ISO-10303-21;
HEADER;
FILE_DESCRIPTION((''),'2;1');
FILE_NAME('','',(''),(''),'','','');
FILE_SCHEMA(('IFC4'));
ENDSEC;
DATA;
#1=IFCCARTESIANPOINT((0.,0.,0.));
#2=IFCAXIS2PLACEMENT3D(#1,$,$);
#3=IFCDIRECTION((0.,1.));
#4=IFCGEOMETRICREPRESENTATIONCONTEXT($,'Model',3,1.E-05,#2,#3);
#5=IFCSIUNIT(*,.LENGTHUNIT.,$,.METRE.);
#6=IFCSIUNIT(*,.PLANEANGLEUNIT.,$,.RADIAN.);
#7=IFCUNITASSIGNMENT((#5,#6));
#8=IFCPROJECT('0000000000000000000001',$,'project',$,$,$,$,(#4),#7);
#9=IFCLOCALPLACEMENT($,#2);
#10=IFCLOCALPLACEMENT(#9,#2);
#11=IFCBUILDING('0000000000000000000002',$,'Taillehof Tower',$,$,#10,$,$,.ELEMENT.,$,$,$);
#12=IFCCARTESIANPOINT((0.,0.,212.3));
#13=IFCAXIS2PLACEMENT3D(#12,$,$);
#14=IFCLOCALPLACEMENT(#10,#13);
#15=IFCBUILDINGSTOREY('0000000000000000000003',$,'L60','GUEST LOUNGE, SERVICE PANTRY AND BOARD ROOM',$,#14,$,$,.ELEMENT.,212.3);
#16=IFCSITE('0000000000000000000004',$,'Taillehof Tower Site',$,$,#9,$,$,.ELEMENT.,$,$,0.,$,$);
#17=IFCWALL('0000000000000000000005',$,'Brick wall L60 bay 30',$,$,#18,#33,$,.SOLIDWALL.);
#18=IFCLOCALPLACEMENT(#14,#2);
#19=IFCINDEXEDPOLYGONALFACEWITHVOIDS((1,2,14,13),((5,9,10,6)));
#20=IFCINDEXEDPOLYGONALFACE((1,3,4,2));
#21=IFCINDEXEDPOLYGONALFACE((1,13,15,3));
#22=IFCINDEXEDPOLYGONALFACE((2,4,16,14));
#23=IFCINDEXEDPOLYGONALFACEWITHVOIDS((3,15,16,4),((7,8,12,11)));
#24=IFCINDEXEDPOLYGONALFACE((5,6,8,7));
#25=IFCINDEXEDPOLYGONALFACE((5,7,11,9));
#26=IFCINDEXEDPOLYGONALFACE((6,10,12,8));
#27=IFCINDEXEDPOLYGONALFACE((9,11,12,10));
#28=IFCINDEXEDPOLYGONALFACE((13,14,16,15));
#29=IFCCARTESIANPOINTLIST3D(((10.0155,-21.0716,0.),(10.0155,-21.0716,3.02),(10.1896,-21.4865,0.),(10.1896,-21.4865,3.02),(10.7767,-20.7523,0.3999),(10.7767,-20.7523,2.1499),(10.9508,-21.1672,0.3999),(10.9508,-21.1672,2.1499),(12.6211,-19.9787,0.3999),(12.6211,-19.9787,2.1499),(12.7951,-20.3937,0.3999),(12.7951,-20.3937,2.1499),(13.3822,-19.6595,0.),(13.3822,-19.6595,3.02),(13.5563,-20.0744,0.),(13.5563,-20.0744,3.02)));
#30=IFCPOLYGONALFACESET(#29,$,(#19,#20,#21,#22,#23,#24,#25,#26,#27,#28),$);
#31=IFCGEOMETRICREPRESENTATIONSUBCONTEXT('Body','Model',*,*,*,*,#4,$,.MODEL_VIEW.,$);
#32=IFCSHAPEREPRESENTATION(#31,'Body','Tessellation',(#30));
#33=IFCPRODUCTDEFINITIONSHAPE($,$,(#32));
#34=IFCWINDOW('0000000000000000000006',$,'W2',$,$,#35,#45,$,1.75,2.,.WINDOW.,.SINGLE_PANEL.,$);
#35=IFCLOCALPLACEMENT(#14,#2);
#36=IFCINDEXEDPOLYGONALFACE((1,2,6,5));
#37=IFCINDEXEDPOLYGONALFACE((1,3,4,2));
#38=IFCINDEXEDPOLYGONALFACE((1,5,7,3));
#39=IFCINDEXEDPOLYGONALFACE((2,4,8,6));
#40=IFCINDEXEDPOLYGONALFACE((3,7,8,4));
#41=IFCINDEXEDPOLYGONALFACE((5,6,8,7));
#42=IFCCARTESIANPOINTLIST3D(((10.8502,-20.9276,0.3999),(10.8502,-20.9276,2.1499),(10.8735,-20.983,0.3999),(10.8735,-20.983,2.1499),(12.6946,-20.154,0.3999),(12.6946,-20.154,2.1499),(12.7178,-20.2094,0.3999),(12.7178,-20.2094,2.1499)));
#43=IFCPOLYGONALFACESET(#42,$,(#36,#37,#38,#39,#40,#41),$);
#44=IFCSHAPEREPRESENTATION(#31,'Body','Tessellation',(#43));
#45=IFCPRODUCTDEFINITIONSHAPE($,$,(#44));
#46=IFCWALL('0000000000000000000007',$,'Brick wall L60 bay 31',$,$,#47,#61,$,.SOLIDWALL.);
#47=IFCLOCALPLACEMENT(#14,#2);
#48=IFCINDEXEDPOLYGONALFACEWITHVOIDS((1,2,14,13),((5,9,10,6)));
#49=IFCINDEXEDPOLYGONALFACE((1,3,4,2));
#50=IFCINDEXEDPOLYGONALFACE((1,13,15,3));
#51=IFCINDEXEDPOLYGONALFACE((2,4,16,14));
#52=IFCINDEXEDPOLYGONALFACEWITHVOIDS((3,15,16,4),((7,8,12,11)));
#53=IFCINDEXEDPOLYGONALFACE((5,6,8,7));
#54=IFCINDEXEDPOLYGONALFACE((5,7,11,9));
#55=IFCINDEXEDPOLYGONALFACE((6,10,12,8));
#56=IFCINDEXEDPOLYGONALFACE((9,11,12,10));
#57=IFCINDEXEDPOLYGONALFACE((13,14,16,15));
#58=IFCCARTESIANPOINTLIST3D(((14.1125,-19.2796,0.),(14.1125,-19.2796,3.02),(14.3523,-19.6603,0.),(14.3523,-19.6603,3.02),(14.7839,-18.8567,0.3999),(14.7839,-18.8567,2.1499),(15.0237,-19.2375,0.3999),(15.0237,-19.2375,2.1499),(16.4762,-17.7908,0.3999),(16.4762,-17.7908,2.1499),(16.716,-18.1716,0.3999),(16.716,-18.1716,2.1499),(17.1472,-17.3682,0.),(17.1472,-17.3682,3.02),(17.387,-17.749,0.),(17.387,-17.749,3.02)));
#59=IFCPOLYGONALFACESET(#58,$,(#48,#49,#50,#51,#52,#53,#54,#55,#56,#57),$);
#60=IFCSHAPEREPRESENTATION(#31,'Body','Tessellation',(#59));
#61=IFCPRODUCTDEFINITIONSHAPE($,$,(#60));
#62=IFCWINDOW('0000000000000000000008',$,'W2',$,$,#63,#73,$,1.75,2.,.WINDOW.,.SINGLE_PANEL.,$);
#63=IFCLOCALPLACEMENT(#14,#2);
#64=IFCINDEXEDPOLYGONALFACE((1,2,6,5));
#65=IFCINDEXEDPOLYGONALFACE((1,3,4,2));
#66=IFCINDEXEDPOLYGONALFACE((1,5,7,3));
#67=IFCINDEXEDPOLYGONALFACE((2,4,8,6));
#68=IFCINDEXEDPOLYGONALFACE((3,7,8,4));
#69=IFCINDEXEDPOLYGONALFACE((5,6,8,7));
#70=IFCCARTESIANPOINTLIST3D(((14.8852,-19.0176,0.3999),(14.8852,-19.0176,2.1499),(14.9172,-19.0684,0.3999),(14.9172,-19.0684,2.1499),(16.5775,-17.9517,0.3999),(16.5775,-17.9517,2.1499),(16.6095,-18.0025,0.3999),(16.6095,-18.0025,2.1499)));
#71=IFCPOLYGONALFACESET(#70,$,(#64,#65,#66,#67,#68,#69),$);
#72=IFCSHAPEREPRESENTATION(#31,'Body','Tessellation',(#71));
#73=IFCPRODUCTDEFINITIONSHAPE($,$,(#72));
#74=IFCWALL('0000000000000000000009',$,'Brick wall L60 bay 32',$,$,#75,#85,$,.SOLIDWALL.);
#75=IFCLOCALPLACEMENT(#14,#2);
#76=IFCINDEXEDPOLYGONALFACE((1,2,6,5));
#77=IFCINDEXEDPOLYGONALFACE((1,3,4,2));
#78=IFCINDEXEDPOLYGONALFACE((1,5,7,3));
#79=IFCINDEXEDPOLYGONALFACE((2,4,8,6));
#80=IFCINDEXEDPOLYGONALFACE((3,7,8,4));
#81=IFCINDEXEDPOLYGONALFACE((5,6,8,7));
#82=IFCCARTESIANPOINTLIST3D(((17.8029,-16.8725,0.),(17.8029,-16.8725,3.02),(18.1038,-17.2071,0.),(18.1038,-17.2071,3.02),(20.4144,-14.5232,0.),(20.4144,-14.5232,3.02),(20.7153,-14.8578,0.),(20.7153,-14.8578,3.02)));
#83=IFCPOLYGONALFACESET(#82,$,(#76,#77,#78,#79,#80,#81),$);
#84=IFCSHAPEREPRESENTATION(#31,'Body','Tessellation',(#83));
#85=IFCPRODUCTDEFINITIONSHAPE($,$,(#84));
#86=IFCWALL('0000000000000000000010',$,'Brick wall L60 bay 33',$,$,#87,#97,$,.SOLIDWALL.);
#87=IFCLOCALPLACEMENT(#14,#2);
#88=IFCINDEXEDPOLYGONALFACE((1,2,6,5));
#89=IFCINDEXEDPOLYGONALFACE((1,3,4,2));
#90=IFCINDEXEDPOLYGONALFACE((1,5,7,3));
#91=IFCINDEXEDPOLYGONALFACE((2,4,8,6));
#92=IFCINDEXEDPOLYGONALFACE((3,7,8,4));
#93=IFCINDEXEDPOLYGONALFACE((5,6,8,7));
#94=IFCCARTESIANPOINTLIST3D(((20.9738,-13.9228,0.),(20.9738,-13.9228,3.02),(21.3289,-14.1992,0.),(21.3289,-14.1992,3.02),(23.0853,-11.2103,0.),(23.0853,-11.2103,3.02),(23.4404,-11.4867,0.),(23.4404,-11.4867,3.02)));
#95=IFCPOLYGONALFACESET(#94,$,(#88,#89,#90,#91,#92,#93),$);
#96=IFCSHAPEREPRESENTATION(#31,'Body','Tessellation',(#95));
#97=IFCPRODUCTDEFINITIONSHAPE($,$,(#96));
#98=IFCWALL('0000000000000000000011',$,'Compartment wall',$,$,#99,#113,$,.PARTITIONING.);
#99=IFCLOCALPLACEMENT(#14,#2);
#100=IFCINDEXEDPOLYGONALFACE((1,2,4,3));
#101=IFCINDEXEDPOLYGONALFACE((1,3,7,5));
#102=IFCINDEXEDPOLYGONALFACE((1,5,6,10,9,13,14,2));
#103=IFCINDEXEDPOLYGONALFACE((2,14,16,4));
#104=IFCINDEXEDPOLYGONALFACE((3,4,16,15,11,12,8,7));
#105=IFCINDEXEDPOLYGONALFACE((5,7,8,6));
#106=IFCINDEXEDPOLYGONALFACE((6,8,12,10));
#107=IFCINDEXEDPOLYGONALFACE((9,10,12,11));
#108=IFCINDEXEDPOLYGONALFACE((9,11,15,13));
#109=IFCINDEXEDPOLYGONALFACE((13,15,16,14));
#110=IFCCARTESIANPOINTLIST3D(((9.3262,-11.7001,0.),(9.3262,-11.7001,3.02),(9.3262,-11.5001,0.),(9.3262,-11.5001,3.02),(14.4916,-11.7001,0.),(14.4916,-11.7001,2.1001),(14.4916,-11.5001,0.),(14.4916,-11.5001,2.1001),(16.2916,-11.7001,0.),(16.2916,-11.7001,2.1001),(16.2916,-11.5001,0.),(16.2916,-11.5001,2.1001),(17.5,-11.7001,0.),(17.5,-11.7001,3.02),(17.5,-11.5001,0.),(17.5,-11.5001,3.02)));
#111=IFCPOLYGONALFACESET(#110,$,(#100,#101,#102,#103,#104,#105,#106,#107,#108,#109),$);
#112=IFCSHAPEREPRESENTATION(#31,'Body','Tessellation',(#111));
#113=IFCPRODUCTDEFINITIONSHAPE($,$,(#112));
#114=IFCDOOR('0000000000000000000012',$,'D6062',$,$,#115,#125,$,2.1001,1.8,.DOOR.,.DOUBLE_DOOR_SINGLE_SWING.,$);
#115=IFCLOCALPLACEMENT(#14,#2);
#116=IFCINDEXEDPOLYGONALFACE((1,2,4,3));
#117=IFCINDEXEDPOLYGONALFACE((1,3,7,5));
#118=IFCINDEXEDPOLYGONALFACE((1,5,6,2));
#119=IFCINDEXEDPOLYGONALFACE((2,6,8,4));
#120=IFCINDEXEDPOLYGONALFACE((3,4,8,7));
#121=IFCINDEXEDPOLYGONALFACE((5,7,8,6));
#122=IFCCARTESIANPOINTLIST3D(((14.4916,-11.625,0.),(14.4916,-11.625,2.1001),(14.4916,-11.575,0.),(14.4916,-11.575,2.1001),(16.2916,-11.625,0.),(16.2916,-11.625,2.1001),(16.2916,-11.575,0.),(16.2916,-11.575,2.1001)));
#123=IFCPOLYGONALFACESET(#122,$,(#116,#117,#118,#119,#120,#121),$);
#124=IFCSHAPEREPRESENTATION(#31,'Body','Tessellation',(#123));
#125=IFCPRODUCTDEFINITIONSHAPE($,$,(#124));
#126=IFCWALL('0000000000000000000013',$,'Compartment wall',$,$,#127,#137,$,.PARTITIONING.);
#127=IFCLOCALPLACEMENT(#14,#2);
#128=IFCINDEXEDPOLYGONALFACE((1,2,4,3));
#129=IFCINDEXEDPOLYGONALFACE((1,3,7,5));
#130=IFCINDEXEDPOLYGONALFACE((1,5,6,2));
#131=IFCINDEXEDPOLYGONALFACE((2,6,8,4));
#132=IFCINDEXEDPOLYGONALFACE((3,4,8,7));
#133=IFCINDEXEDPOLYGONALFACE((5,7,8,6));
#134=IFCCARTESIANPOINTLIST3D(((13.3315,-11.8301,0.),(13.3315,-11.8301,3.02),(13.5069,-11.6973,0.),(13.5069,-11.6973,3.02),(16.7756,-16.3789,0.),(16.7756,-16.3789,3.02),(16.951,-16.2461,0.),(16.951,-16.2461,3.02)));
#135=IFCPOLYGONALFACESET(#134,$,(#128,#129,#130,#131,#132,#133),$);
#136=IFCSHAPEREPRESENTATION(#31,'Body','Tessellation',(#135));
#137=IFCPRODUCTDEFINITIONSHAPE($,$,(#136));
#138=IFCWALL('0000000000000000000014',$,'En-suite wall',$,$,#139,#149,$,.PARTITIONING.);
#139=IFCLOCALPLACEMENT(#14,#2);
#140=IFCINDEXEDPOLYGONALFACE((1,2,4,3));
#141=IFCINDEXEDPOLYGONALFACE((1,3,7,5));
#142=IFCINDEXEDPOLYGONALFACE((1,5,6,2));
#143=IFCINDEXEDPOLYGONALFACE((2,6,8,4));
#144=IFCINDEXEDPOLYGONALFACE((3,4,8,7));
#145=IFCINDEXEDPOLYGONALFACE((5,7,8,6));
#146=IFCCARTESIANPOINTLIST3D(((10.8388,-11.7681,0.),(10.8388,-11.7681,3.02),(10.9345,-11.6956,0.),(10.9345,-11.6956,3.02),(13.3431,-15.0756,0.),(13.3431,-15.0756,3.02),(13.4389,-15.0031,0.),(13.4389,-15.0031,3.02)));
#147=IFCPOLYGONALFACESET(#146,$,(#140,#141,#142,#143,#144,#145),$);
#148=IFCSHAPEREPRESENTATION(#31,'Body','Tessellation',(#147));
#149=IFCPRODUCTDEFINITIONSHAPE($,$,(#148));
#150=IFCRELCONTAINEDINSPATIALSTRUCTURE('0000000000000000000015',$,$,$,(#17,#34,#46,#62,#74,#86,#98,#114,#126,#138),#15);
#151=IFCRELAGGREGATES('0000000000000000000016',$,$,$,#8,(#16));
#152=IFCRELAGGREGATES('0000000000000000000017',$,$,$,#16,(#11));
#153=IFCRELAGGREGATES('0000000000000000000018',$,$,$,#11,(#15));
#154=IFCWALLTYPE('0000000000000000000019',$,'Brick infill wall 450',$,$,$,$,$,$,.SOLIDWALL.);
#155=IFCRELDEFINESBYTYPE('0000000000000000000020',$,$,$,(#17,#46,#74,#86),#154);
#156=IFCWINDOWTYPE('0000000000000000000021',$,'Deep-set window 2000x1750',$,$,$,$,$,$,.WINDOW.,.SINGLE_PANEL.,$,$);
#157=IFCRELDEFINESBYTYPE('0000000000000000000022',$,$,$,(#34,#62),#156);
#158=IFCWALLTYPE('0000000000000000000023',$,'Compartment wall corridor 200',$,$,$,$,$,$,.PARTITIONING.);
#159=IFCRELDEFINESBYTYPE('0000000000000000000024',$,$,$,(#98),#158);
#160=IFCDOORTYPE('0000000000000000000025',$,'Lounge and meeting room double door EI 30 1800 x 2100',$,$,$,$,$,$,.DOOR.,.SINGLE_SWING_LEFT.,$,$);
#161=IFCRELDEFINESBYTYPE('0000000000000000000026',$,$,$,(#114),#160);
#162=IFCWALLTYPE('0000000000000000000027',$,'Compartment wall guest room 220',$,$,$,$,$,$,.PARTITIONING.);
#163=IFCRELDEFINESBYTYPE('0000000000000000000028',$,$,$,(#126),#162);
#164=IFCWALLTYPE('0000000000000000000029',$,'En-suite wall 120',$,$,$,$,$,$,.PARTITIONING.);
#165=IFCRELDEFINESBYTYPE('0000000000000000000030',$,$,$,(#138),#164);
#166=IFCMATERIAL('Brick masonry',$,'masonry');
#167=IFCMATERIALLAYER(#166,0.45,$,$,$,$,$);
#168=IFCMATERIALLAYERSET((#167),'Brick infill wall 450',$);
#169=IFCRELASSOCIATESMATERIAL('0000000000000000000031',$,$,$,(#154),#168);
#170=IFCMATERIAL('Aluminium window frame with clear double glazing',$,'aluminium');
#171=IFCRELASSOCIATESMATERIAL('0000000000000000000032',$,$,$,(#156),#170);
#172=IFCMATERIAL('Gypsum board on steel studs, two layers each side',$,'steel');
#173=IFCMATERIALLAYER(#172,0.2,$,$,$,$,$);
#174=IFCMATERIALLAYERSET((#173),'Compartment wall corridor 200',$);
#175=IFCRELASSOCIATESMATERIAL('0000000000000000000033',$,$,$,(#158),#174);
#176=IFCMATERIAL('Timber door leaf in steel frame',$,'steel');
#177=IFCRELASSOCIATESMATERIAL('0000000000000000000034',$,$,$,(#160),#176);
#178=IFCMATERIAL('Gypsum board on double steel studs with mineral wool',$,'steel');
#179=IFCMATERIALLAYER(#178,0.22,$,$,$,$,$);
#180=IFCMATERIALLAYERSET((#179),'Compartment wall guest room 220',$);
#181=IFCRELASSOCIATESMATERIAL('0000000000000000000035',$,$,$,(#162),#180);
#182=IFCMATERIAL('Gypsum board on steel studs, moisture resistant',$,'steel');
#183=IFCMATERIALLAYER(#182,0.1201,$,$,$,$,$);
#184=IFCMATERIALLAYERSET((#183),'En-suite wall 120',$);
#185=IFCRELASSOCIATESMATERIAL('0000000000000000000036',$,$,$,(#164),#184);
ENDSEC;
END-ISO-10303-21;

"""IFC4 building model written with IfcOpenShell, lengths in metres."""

from ifc_helpers import new_model, si_unit, direction, frame, frame_2d, origin, place, context, subcontext, project, spatial, rectangle, extrude, material, layer, layer_set, type_object, element, fill, save


model = new_model("IFC4")

# Units and contexts
model_context = context("Model", 3, precision=1e-05, world=origin(), true_north=direction((0.0, 1.0)))
body_context = subcontext(model_context, "Body", "Model", "MODEL_VIEW")
ifc_project = project(units=[si_unit("LENGTHUNIT", "METRE"), si_unit("PLANEANGLEUNIT", "RADIAN")], contexts=[model_context])

# Site, building, storey
site_placement = place(None, origin())
site = spatial("IfcSite", under=ifc_project, at=site_placement, Name="Taillehof Tower Site", CompositionType="ELEMENT", RefElevation=0.0)
building_placement = place(site_placement, origin())
building = spatial("IfcBuilding", under=site, at=building_placement, Name="Taillehof Tower", CompositionType="ELEMENT")
storey_placement = place(building_placement, frame((0.0, 0.0, 212.3)))
storey = spatial("IfcBuildingStorey", under=building, at=storey_placement, Name="L60", Description="GUEST LOUNGE, SERVICE PANTRY AND BOARD ROOM", CompositionType="ELEMENT", Elevation=212.3)

# Walls, openings, windows
ifc_material_1 = material(Name="Brick masonry", Category="masonry")
ifc_layer_1 = layer(ifc_material_1, 0.45)
ifc_layer_set_1 = layer_set([ifc_layer_1], Name="Brick infill wall 450")
wall_type_1 = type_object("IfcWallType", Name="Brick infill wall 450", PredefinedType="SOLIDWALL", material=ifc_layer_set_1)
wall_1_placement = place(storey_placement, frame((10.1025, -21.2791, 0.0), z_axis=(0.0, 0.0, 1.0), x_axis=(0.922168, 0.386789, 0.0)))
wall_1 = element("IfcWall", 1, at=wall_1_placement, inside=storey, type_object=wall_type_1, Name="Brick wall L60 bay 30", PredefinedType="SOLIDWALL", context=body_context, shape_type="SweptSolid", body=[
    extrude(rectangle(XDim=3.6509, YDim=0.45, at=frame_2d((1.8254, 0.0))), origin(), (0.0, 0.0, 1.0), 3.02),
])
opening_1_placement = place(wall_1_placement, frame((0.8254, 0.0, 0.3999)))
opening_1 = element("IfcOpeningElement", 2, at=opening_1_placement, cuts=wall_1, PredefinedType="OPENING", context=body_context, shape_type="SweptSolid", body=[
    extrude(rectangle(XDim=2.0, YDim=1.75, at=frame_2d((1.0, 0.875))), frame((0.0, 0.2349, 0.0), z_axis=(0.0, -1.0, 0.0), x_axis=(1.0, 0.0, 0.0)), (0.0, 0.0, 1.0), 0.47),
])
ifc_material_2 = material(Name="Aluminium window frame with clear double glazing", Category="aluminium")
window_type = type_object("IfcWindowType", Name="Deep-set window 2000x1750", PartitioningType="SINGLE_PANEL", PredefinedType="WINDOW", material=ifc_material_2)
window_1_placement = place(opening_1_placement, origin())
window_1 = element("IfcWindow", 3, at=window_1_placement, inside=storey, type_object=window_type, Name="W2", OverallHeight=1.75, OverallWidth=2.0, PartitioningType="SINGLE_PANEL", PredefinedType="WINDOW", context=body_context, shape_type="SweptSolid", body=[
    extrude(rectangle(XDim=2.0, YDim=1.75, at=frame_2d((1.0, 0.875))), frame((0.0, 0.0349, 0.0), z_axis=(0.0, -1.0, 0.0), x_axis=(1.0, 0.0, 0.0)), (0.0, 0.0, 1.0), 0.0601),
])
fill(opening_1, window_1)
wall_2_placement = place(storey_placement, frame((14.2324, -19.47, 0.0), z_axis=(0.0, 0.0, 1.0), x_axis=(0.84615, 0.532945, 0.0)))
wall_2 = element("IfcWall", 4, at=wall_2_placement, inside=storey, type_object=wall_type_1, Name="Brick wall L60 bay 31", PredefinedType="SOLIDWALL", context=body_context, shape_type="SweptSolid", body=[
    extrude(rectangle(XDim=3.5864, YDim=0.45, at=frame_2d((1.7932, 0.0))), origin(), (0.0, 0.0, 1.0), 3.02),
])
opening_2_placement = place(wall_2_placement, frame((0.7935, 0.0, 0.3999)))
opening_2 = element("IfcOpeningElement", 5, at=opening_2_placement, cuts=wall_2, PredefinedType="OPENING", context=body_context, shape_type="SweptSolid", body=[
    extrude(rectangle(XDim=2.0, YDim=1.75, at=frame_2d((1.0, 0.875))), frame((0.0, 0.2349, 0.0), z_axis=(0.0, -1.0, 0.0), x_axis=(1.0, 0.0, 0.0)), (0.0, 0.0, 1.0), 0.47),
])
window_2_placement = place(opening_2_placement, origin())
window_2 = element("IfcWindow", 6, at=window_2_placement, inside=storey, type_object=window_type, Name="W2", OverallHeight=1.75, OverallWidth=2.0, PartitioningType="SINGLE_PANEL", PredefinedType="WINDOW", context=body_context, shape_type="SweptSolid", body=[
    extrude(rectangle(XDim=2.0, YDim=1.75, at=frame_2d((1.0, 0.875))), frame((0.0, 0.0349, 0.0), z_axis=(0.0, -1.0, 0.0), x_axis=(1.0, 0.0, 0.0)), (0.0, 0.0, 1.0), 0.0601),
])
fill(opening_2, window_2)

# Walls
wall_3_placement = place(storey_placement, frame((17.9534, -17.0398, 0.0), z_axis=(0.0, 0.0, 1.0), x_axis=(0.743443, 0.6688, 0.0)))
element("IfcWall", 7, at=wall_3_placement, inside=storey, type_object=wall_type_1, Name="Brick wall L60 bay 32", PredefinedType="SOLIDWALL", context=body_context, shape_type="SweptSolid", body=[
    extrude(rectangle(XDim=3.5127, YDim=0.45, at=frame_2d((1.7563, 0.0))), origin(), (0.0, 0.0, 1.0), 3.02),
])
wall_4_placement = place(storey_placement, frame((21.1514, -14.061, 0.0), z_axis=(0.0, 0.0, 1.0), x_axis=(0.614255, 0.789107, 0.0)))
element("IfcWall", 8, at=wall_4_placement, inside=storey, type_object=wall_type_1, Name="Brick wall L60 bay 33", PredefinedType="SOLIDWALL", context=body_context, shape_type="SweptSolid", body=[
    extrude(rectangle(XDim=3.4375, YDim=0.45, at=frame_2d((1.7188, 0.0))), origin(), (0.0, 0.0, 1.0), 3.02),
])

# Wall, opening, door
ifc_material_3 = material(Name="Gypsum board on steel studs, two layers each side", Category="steel")
ifc_layer_2 = layer(ifc_material_3, 0.2)
ifc_layer_set_2 = layer_set([ifc_layer_2], Name="Compartment wall corridor 200")
wall_type_2 = type_object("IfcWallType", Name="Compartment wall corridor 200", PredefinedType="PARTITIONING", material=ifc_layer_set_2)
wall_5_placement = place(storey_placement, frame((17.5, -11.6001, 0.0), z_axis=(0.0, 0.0, 1.0), x_axis=(-1.0, 0.0, 0.0)))
wall_5 = element("IfcWall", 9, at=wall_5_placement, inside=storey, type_object=wall_type_2, Name="Compartment wall", PredefinedType="PARTITIONING", context=body_context, shape_type="SweptSolid", body=[
    extrude(rectangle(XDim=8.1738, YDim=0.2, at=frame_2d((4.0869, 0.0))), origin(), (0.0, 0.0, 1.0), 3.02),
])
opening_3_placement = place(wall_5_placement, frame((1.2085, 0.0, 0.0)))
opening_3 = element("IfcOpeningElement", 10, at=opening_3_placement, cuts=wall_5, PredefinedType="OPENING", context=body_context, shape_type="SweptSolid", body=[
    extrude(rectangle(XDim=1.8, YDim=2.1001, at=frame_2d((0.8999, 1.05))), frame((0.0, 0.1099, 0.0), z_axis=(0.0, -1.0, 0.0), x_axis=(1.0, 0.0, 0.0)), (0.0, 0.0, 1.0), 0.22),
])
ifc_material_4 = material(Name="Timber door leaf in steel frame", Category="steel")
door_type_1 = type_object("IfcDoorType", Name="Lounge and meeting room double door EI 30 1800 x 2100", OperationType="SINGLE_SWING_LEFT", PredefinedType="DOOR", material=ifc_material_4)
door_1_placement = place(opening_3_placement, origin())
door_1 = element("IfcDoor", 11, at=door_1_placement, inside=storey, type_object=door_type_1, Name="D6062", OperationType="DOUBLE_DOOR_SINGLE_SWING", OverallHeight=2.1001, OverallWidth=1.8, PredefinedType="DOOR", context=body_context, shape_type="SweptSolid", body=[
    extrude(rectangle(XDim=1.8, YDim=2.1001, at=frame_2d((0.8999, 1.05))), frame((0.0, 0.0249, 0.0), z_axis=(0.0, -1.0, 0.0), x_axis=(1.0, 0.0, 0.0)), (0.0, 0.0, 1.0), 0.05),
])
fill(opening_3, door_1)

# Walls
ifc_material_5 = material(Name="Gypsum board on double steel studs with mineral wool", Category="steel")
ifc_layer_3 = layer(ifc_material_5, 0.22)
ifc_layer_set_3 = layer_set([ifc_layer_3], Name="Compartment wall guest room 220")
wall_type_3 = type_object("IfcWallType", Name="Compartment wall guest room 220", PredefinedType="PARTITIONING", material=ifc_layer_set_3)
wall_6_placement = place(storey_placement, frame((16.8633, -16.3125, 0.0), z_axis=(0.0, 0.0, 1.0), x_axis=(-0.603636, 0.79726, 0.0)))
element("IfcWall", 12, at=wall_6_placement, inside=storey, type_object=wall_type_3, Name="Compartment wall", PredefinedType="PARTITIONING", context=body_context, shape_type="SweptSolid", body=[
    extrude(rectangle(XDim=5.7056, YDim=0.22, at=frame_2d((2.8528, 0.0))), origin(), (0.0, 0.0, 1.0), 3.02),
])
ifc_material_6 = material(Name="Gypsum board on steel studs, moisture resistant", Category="steel")
ifc_layer_4 = layer(ifc_material_6, 0.1201)
ifc_layer_set_4 = layer_set([ifc_layer_4], Name="En-suite wall 120")
wall_type_4 = type_object("IfcWallType", Name="En-suite wall 120", PredefinedType="PARTITIONING", material=ifc_layer_set_4)
wall_7_placement = place(storey_placement, frame((10.8867, -11.7319, 0.0), z_axis=(0.0, 0.0, 1.0), x_axis=(0.603647, -0.797252, 0.0)))
element("IfcWall", 13, at=wall_7_placement, inside=storey, type_object=wall_type_4, Name="En-suite wall", PredefinedType="PARTITIONING", context=body_context, shape_type="SweptSolid", body=[
    extrude(rectangle(XDim=4.1487, YDim=0.1201, at=frame_2d((2.0742, 0.0))), origin(), (0.0, 0.0, 1.0), 3.02),
])

save(model, "model.ifc")
